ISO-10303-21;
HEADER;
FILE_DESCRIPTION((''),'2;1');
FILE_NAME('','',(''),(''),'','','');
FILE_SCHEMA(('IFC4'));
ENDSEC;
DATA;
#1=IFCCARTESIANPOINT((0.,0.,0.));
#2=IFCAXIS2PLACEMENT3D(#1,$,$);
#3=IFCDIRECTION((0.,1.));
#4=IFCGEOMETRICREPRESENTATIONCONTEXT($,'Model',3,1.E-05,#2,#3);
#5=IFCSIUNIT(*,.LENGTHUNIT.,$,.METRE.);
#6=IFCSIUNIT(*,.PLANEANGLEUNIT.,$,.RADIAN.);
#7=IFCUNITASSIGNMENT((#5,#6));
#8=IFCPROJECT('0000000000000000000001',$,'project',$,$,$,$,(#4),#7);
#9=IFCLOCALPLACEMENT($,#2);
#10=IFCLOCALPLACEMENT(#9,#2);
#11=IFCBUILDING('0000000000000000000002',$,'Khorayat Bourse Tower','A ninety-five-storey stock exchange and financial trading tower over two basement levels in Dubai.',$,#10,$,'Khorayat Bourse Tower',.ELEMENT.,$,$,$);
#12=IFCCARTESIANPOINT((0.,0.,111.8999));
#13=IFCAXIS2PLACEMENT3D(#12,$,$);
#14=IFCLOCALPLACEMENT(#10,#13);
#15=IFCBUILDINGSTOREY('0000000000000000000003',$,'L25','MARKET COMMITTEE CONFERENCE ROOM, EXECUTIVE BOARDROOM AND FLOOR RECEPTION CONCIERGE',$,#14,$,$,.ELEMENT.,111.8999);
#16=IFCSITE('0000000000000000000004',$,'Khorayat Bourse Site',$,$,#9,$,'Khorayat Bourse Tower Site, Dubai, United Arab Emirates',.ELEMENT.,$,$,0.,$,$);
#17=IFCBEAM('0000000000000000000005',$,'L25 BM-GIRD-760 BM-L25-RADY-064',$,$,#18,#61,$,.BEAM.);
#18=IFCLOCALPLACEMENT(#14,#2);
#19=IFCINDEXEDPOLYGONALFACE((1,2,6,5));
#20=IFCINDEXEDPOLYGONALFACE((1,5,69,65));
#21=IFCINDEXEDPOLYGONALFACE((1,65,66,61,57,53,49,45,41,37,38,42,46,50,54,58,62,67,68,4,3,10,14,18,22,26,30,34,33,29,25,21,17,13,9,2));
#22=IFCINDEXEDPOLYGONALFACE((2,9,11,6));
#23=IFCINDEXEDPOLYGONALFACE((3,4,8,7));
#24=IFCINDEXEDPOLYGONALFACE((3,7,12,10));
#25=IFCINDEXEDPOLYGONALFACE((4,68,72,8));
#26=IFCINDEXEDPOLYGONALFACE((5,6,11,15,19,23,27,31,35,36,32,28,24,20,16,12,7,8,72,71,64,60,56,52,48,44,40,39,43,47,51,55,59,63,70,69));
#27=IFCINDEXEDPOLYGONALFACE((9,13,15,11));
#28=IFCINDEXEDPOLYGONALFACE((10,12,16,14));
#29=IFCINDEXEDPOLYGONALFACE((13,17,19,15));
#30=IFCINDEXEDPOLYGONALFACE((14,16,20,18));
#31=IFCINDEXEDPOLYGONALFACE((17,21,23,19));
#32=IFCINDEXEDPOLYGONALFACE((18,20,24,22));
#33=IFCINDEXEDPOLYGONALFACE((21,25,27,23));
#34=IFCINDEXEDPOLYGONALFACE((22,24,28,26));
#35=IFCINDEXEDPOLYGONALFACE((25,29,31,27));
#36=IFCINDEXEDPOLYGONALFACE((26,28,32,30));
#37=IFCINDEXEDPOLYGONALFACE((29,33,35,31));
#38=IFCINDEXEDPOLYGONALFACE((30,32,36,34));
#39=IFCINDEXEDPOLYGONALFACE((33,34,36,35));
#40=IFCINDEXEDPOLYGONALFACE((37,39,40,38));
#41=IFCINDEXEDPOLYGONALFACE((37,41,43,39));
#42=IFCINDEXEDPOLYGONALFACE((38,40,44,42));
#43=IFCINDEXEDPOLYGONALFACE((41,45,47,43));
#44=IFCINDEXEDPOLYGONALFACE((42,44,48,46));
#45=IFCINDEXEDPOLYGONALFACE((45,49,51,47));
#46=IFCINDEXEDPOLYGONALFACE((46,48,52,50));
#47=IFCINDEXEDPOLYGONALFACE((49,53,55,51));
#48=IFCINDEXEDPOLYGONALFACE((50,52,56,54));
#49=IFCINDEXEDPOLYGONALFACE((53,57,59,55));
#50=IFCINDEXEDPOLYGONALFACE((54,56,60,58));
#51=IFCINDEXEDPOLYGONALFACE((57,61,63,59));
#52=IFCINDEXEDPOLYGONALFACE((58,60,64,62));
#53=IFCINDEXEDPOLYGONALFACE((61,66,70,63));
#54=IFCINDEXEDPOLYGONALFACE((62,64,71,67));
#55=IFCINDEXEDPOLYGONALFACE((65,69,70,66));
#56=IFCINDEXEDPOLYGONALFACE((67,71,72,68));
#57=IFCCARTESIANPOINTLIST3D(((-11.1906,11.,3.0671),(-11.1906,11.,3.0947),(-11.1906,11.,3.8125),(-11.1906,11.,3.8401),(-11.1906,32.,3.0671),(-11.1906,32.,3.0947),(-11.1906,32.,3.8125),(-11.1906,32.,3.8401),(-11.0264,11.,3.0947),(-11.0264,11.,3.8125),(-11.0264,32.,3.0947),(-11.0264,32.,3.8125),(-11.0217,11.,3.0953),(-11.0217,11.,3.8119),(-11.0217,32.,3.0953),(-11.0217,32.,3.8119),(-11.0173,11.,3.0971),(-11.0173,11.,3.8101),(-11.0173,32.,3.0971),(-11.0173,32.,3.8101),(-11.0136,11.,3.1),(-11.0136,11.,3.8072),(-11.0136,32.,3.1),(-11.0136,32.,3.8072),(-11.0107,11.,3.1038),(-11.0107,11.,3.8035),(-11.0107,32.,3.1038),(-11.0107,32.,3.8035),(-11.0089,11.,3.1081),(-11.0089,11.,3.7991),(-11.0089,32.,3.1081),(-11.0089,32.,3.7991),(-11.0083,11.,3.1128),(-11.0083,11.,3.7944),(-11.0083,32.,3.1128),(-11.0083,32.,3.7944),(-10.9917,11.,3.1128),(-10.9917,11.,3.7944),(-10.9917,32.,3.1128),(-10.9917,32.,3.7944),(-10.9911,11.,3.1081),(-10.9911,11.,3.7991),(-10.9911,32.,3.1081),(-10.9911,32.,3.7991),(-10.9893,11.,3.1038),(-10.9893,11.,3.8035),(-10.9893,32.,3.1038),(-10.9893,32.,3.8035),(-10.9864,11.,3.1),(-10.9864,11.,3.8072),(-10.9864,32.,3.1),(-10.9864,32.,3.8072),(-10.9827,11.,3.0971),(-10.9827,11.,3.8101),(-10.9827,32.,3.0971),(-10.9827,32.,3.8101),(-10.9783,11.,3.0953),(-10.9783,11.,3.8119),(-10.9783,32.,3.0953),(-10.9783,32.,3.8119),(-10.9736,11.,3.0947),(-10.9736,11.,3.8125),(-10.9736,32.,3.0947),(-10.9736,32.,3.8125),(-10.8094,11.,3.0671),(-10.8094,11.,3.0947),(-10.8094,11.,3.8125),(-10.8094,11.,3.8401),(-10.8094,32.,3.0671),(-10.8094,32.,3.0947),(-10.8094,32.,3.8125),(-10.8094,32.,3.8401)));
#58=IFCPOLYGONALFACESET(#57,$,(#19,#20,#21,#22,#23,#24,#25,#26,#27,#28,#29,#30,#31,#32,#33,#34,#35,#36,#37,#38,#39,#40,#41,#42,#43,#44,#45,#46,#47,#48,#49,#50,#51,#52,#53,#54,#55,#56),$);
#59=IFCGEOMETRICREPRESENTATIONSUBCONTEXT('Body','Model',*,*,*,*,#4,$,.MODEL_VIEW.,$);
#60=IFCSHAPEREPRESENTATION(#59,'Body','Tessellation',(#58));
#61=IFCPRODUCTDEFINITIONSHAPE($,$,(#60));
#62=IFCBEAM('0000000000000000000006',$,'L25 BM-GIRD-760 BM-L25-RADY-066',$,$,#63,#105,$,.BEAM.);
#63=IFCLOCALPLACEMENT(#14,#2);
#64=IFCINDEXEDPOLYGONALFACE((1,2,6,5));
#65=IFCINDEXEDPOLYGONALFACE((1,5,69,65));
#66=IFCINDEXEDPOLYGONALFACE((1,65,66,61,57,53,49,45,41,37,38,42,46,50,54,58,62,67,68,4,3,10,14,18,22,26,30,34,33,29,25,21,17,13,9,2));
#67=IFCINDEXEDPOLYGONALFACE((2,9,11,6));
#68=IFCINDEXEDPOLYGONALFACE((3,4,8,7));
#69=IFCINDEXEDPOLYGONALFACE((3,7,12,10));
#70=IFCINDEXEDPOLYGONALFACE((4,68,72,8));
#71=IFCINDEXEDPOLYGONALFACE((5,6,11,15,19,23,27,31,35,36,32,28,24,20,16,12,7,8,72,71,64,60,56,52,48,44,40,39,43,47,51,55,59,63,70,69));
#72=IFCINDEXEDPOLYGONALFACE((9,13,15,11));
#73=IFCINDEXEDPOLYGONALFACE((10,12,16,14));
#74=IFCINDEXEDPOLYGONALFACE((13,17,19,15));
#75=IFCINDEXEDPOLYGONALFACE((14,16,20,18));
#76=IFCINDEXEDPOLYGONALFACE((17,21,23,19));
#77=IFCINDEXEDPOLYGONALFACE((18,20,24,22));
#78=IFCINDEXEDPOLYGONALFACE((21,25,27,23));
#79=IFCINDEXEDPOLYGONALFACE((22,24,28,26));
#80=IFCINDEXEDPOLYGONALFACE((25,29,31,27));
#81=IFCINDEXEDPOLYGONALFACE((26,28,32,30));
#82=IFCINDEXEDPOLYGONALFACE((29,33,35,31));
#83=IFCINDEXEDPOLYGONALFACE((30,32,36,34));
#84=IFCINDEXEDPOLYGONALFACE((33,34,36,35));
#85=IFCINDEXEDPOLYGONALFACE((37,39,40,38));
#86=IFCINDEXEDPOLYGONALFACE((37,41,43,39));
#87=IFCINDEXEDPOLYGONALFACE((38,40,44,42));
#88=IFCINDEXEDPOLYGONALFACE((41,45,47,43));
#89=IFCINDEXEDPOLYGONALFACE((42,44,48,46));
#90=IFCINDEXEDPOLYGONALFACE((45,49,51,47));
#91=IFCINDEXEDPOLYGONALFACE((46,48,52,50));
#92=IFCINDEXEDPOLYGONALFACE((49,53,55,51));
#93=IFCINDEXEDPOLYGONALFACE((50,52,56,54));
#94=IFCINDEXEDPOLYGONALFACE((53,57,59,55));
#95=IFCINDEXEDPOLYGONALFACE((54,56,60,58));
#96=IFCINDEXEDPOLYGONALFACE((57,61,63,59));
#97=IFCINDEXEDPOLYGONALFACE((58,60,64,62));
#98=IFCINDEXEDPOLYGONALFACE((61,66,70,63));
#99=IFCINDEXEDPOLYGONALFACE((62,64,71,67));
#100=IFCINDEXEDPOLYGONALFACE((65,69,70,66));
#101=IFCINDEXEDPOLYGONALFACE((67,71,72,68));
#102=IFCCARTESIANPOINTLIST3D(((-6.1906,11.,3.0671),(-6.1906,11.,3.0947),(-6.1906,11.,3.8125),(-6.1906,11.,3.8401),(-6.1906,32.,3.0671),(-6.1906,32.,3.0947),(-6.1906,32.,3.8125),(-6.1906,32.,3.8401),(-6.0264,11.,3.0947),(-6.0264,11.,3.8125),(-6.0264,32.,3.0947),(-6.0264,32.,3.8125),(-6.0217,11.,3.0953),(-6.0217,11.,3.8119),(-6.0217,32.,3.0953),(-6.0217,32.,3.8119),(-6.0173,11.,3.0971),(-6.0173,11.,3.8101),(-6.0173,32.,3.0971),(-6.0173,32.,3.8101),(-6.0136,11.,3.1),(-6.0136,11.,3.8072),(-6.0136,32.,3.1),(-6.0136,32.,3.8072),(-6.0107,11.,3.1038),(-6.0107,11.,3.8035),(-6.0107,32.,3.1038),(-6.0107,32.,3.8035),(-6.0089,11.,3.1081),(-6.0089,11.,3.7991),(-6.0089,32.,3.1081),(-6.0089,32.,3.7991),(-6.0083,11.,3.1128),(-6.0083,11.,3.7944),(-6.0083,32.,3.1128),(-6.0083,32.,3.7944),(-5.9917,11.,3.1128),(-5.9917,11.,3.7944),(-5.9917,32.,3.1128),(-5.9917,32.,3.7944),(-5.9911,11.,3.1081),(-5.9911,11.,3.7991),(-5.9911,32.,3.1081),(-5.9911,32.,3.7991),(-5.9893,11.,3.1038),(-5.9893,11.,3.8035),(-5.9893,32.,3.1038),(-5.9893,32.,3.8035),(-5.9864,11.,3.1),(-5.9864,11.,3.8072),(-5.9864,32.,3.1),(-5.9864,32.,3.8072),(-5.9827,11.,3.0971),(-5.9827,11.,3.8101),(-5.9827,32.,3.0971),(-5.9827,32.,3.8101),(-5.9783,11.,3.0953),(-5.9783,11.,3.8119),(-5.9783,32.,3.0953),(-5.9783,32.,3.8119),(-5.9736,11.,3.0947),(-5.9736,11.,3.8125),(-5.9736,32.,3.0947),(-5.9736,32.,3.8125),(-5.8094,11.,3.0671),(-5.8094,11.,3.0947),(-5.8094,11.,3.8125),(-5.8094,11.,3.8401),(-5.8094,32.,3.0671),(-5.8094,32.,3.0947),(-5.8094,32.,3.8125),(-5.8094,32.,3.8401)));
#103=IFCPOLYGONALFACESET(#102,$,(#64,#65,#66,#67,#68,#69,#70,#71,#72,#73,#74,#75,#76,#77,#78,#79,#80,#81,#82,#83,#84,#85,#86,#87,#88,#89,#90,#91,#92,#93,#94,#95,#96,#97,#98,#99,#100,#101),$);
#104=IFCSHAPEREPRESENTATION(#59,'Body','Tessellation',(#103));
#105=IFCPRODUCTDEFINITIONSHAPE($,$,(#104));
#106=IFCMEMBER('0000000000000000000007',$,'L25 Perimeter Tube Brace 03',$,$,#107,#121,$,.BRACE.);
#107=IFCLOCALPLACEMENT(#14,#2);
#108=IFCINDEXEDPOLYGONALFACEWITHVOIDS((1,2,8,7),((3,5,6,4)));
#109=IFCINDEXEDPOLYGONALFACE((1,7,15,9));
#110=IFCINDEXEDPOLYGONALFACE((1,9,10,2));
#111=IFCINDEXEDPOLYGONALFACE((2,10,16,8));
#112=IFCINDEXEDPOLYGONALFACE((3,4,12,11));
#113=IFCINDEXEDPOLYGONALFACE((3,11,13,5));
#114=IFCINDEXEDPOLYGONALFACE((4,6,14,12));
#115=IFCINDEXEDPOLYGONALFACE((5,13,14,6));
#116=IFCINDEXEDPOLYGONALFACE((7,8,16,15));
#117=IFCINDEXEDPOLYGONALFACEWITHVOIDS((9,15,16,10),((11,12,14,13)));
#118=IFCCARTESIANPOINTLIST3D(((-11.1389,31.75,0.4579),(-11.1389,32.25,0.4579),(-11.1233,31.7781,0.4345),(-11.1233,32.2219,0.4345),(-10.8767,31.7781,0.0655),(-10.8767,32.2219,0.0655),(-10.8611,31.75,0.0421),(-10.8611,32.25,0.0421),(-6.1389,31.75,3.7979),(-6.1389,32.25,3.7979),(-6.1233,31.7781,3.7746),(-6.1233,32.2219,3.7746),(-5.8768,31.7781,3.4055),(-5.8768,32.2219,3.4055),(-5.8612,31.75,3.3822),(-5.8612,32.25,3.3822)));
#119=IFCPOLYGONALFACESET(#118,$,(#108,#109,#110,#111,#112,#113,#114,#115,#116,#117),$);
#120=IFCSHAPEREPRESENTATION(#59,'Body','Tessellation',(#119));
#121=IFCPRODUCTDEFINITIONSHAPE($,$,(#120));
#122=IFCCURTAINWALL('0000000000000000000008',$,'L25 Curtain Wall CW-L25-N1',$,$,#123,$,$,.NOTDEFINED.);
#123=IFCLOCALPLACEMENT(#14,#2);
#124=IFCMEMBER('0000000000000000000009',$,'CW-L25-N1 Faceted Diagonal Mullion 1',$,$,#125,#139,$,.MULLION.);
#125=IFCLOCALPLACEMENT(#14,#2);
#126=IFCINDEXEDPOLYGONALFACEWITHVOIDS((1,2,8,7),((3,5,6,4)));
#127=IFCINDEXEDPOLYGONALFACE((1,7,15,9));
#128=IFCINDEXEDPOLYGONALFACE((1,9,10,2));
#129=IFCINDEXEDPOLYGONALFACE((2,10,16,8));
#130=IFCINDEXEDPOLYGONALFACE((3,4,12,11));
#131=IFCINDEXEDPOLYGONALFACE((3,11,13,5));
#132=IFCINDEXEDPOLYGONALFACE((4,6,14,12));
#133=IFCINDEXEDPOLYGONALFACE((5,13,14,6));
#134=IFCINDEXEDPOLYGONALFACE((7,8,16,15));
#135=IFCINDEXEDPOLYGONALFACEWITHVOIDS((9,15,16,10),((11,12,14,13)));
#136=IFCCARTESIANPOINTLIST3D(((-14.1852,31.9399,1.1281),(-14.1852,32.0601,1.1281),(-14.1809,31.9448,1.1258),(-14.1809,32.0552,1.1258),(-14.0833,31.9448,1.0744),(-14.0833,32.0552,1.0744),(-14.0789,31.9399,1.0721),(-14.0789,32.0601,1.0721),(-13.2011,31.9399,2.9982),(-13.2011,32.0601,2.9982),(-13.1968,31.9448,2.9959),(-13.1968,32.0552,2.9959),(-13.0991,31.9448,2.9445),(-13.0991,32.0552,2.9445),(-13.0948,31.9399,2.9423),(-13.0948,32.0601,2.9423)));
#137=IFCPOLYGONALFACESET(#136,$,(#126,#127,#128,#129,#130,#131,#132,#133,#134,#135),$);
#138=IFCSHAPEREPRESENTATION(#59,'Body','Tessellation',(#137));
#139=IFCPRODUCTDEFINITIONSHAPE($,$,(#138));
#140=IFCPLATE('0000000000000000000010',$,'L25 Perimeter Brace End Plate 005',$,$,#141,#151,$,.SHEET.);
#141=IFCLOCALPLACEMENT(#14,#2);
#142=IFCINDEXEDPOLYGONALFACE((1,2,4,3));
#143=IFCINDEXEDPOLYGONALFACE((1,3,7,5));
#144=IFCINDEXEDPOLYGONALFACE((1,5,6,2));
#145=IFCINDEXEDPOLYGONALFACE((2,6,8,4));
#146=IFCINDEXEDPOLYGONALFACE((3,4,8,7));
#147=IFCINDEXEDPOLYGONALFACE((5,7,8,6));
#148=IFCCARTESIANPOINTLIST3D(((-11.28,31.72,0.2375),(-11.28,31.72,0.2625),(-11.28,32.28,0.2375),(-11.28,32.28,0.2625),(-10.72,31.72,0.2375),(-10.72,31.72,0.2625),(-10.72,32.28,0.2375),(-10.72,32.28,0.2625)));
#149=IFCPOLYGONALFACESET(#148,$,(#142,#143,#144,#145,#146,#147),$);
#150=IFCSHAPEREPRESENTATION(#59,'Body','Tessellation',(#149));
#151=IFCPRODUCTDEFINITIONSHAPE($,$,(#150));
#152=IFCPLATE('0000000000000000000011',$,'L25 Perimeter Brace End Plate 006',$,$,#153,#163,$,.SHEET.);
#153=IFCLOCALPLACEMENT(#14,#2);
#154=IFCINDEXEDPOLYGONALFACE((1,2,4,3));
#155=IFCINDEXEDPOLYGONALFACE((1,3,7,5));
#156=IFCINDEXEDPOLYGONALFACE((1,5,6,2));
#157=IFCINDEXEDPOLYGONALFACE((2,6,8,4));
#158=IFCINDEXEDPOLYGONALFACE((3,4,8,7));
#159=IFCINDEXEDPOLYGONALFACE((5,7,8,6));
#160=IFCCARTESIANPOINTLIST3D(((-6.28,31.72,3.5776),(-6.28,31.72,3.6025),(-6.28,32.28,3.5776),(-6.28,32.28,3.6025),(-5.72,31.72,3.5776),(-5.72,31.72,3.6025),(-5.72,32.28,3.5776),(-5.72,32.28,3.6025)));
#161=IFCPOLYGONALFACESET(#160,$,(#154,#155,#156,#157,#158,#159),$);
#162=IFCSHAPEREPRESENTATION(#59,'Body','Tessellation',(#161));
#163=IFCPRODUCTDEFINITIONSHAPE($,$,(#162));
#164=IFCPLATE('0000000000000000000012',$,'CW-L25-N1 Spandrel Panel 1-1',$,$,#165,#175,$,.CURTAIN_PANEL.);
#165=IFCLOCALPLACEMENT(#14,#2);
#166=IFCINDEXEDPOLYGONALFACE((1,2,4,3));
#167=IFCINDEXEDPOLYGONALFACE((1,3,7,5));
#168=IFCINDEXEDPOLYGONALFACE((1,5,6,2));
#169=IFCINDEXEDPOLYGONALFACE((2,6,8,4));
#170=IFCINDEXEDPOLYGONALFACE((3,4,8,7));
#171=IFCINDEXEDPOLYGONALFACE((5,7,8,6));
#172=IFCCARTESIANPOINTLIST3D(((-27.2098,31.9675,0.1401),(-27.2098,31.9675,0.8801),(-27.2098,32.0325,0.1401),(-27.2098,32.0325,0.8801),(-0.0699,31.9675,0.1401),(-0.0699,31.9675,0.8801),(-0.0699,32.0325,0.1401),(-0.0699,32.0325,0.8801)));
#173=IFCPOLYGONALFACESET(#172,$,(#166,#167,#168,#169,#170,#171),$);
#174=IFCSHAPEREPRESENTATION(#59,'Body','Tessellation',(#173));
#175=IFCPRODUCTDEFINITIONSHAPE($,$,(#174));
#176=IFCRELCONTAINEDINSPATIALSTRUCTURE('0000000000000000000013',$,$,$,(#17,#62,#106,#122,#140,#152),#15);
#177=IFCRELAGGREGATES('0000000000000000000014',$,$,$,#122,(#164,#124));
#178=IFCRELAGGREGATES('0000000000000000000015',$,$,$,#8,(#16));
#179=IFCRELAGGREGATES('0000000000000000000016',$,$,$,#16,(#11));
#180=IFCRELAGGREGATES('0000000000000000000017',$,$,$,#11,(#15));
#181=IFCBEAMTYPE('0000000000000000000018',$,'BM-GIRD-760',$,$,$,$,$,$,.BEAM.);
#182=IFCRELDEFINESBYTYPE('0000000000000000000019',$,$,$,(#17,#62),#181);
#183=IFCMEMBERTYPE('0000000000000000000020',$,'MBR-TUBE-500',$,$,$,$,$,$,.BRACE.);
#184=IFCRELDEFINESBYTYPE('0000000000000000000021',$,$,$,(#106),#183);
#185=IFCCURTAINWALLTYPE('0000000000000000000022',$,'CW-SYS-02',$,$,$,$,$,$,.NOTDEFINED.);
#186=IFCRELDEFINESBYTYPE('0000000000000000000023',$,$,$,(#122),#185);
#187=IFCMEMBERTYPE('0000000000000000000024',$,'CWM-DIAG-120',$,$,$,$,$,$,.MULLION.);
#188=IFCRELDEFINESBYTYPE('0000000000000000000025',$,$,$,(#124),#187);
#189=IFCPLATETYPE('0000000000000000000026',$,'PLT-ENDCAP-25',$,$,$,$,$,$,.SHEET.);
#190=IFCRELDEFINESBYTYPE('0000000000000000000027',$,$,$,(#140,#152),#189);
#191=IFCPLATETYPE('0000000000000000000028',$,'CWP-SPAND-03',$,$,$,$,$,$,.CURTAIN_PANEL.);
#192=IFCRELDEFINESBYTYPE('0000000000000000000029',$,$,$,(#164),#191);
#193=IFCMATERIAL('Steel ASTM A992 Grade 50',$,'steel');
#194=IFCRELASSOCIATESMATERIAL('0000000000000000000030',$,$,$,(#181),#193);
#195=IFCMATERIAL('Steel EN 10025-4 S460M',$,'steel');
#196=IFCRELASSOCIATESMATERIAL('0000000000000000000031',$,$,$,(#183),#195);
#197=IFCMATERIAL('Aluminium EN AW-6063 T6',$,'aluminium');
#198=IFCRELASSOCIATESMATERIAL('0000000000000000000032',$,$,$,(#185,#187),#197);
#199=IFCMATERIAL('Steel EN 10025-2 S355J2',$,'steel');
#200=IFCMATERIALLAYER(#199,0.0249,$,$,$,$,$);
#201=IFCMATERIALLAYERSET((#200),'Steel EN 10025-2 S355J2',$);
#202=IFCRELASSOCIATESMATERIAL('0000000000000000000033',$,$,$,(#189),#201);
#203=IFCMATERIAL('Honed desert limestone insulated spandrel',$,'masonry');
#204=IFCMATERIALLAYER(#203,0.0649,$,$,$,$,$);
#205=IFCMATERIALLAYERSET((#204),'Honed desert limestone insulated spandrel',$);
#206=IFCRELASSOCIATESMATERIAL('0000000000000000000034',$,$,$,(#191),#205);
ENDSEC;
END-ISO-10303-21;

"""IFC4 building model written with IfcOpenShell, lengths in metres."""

from ifc_helpers import new_model, si_unit, direction, frame, origin, origin_2d, place, context, subcontext, project, spatial, rectangle, hollow_rectangle, i_section, extrude, source, transform, mapped, material, layer, layer_set, material_profile, profile_set, type_object, element, aggregate, save


model = new_model("IFC4")

# Units and contexts
model_context = context("Model", 3, precision=1e-05, world=origin(), true_north=direction((0.0, 1.0)))
body_context = subcontext(model_context, "Body", "Model", "MODEL_VIEW")
ifc_project = project(units=[si_unit("LENGTHUNIT", "METRE"), si_unit("PLANEANGLEUNIT", "RADIAN")], contexts=[model_context])

# Site, building, storey
site_placement = place(None, origin())
site = spatial("IfcSite", under=ifc_project, at=site_placement, Name="Khorayat Bourse Site", LongName="Khorayat Bourse Tower Site, Dubai, United Arab Emirates", CompositionType="ELEMENT", RefElevation=0.0)
building_placement = place(site_placement, origin())
building = spatial("IfcBuilding", under=site, at=building_placement, Name="Khorayat Bourse Tower", Description="A ninety-five-storey stock exchange and financial trading tower over two basement levels in Dubai.", LongName="Khorayat Bourse Tower", CompositionType="ELEMENT")
storey_placement = place(building_placement, frame((0.0, 0.0, 111.8999)))
storey = spatial("IfcBuildingStorey", under=building, at=storey_placement, Name="L25", Description="MARKET COMMITTEE CONFERENCE ROOM, EXECUTIVE BOARDROOM AND FLOOR RECEPTION CONCIERGE", CompositionType="ELEMENT", Elevation=111.8999)

# Shared definitions
ifc_material_1 = material(Name="Steel EN 10025-4 S460M", Category="steel")

# Beams
ifc_material_2 = material(Name="Steel ASTM A992 Grade 50", Category="steel")
ifc_material_profile_1 = material_profile(ifc_material_2, i_section(OverallWidth=0.3811, OverallDepth=0.7729, WebThickness=0.0166, FlangeThickness=0.0276, FilletRadius=0.0181, at=origin_2d()), Name="W760X257")
ifc_profile_set_1 = profile_set([ifc_material_profile_1], Name="Steel ASTM A992 Grade 50")
beam_type_1 = type_object("IfcBeamType", Name="BM-GIRD-760", PredefinedType="BEAM", material=ifc_profile_set_1)
shared_shape_1 = source(origin(), body_context, "Body", "SweptSolid", [
    extrude(i_section(OverallWidth=0.3811, OverallDepth=0.7729, WebThickness=0.0166, FlangeThickness=0.0276, FilletRadius=0.0181, at=origin_2d()), origin(), (0.0, 0.0, 1.0), 21.0),
])
for number, where, z_axis, x_axis, name in (
    (1, (-11.0, 11.0, 3.4536), (0.0, 1.0, 0.0), (-1.0, 0.0, 0.0), "L25 BM-GIRD-760 BM-L25-RADY-064"),
    (2, (-6.0, 11.0, 3.4536), (0.0, 1.0, 0.0), (-1.0, 0.0, 0.0), "L25 BM-GIRD-760 BM-L25-RADY-066"),
):
    element("IfcBeam", number, at=place(storey_placement, frame(where, z_axis=z_axis, x_axis=x_axis)), inside=storey, type_object=beam_type_1, Name=name, PredefinedType="BEAM", context=body_context, shape_type="MappedRepresentation", body=[
        mapped(shared_shape_1, transform((0.0, 0.0, 0.0), scale=1.0)),
    ])

# Member
ifc_material_profile_2 = material_profile(ifc_material_1, hollow_rectangle(XDim=0.5, YDim=0.5, WallThickness=0.0281, at=origin_2d()), Name="HSS 500x500x28")
ifc_profile_set_2 = profile_set([ifc_material_profile_2], Name="Steel EN 10025-4 S460M")
member_type_1 = type_object("IfcMemberType", Name="MBR-TUBE-500", PredefinedType="BRACE", material=ifc_profile_set_2)
shared_shape_2 = source(origin(), body_context, "Body", "SweptSolid", [
    extrude(hollow_rectangle(XDim=0.5, YDim=0.5, WallThickness=0.0281, at=origin_2d()), origin(), (0.0, 0.0, 1.0), 6.0129),
])
member_1_placement = place(storey_placement, frame((-11.0, 32.0, 0.25), z_axis=(0.831531, 0.0, 0.555478), x_axis=(0.0, 1.0, 0.0)))
element("IfcMember", 3, at=member_1_placement, inside=storey, type_object=member_type_1, Name="L25 Perimeter Tube Brace 03", PredefinedType="BRACE", context=body_context, shape_type="MappedRepresentation", body=[
    mapped(shared_shape_2, transform((0.0, 0.0, 0.0), scale=1.0)),
])

# Curtain wall, member
ifc_material_3 = material(Name="Aluminium EN AW-6063 T6", Category="aluminium")
curtain_wall_type = type_object("IfcCurtainWallType", Name="CW-SYS-02", PredefinedType="NOTDEFINED", material=ifc_material_3)
curtain_wall_placement = place(storey_placement, origin())
curtain_wall = element("IfcCurtainWall", 4, at=curtain_wall_placement, inside=storey, type_object=curtain_wall_type, Name="L25 Curtain Wall CW-L25-N1", PredefinedType="NOTDEFINED")
ifc_material_profile_3 = material_profile(ifc_material_3, hollow_rectangle(XDim=0.1201, YDim=0.1201, WallThickness=0.0049, at=origin_2d()), Name="ALU 120x120x5")
ifc_profile_set_3 = profile_set([ifc_material_profile_3], Name="Aluminium EN AW-6063 T6")
member_type_2 = type_object("IfcMemberType", Name="CWM-DIAG-120", PredefinedType="MULLION", material=ifc_profile_set_3)
shared_shape_3 = source(origin(), body_context, "Body", "SweptSolid", [
    extrude(hollow_rectangle(XDim=0.1201, YDim=0.1201, WallThickness=0.0049, at=origin_2d()), origin(), (0.0, 0.0, 1.0), 2.1133),
])
member_2_placement = place(storey_placement, frame((-14.1321, 32.0, 1.1001), z_axis=(0.465694, 0.0, 0.884946), x_axis=(0.0, 1.0, 0.0)))
member_2 = element("IfcMember", 5, at=member_2_placement, type_object=member_type_2, Name="CW-L25-N1 Faceted Diagonal Mullion 1", PredefinedType="MULLION", context=body_context, shape_type="MappedRepresentation", body=[
    mapped(shared_shape_3, transform((0.0, 0.0, 0.0), scale=1.0)),
])

# Plates
ifc_material_4 = material(Name="Steel EN 10025-2 S355J2", Category="steel")
ifc_layer_1 = layer(ifc_material_4, 0.0249)
ifc_layer_set_1 = layer_set([ifc_layer_1], Name="Steel EN 10025-2 S355J2")
plate_type_1 = type_object("IfcPlateType", Name="PLT-ENDCAP-25", PredefinedType="SHEET", material=ifc_layer_set_1)
shared_shape_4 = source(origin(), body_context, "Body", "SweptSolid", [
    extrude(rectangle(XDim=0.5601, YDim=0.5601, at=origin_2d()), origin(), (0.0, 0.0, 1.0), 0.0249),
])
for number, where, z_axis, x_axis, name in (
    (6, (-11.0, 32.0, 0.2375), (0.0, 0.0, 1.0), (1.0, 0.0, 0.0), "L25 Perimeter Brace End Plate 005"),
    (7, (-6.0, 32.0, 3.5776), (0.0, 0.0, 1.0), (1.0, 0.0, 0.0), "L25 Perimeter Brace End Plate 006"),
):
    element("IfcPlate", number, at=place(storey_placement, frame(where, z_axis=z_axis, x_axis=x_axis)), inside=storey, type_object=plate_type_1, Name=name, PredefinedType="SHEET", context=body_context, shape_type="MappedRepresentation", body=[
        mapped(shared_shape_4, transform((0.0, 0.0, 0.0), scale=1.0)),
    ])

# Plate
ifc_material_5 = material(Name="Honed desert limestone insulated spandrel", Category="masonry")
ifc_layer_2 = layer(ifc_material_5, 0.0649)
ifc_layer_set_2 = layer_set([ifc_layer_2], Name="Honed desert limestone insulated spandrel")
plate_type_2 = type_object("IfcPlateType", Name="CWP-SPAND-03", PredefinedType="CURTAIN_PANEL", material=ifc_layer_set_2)
shared_shape_5 = source(origin(), body_context, "Body", "SweptSolid", [
    extrude(rectangle(XDim=27.1399, YDim=0.0649, at=origin_2d()), origin(), (0.0, 0.0, 1.0), 0.74),
])
plate_1_placement = place(storey_placement, frame((-13.6399, 32.0, 0.1401), z_axis=(0.0, 0.0, 1.0), x_axis=(1.0, 0.0, 0.0)))
plate_1 = element("IfcPlate", 8, at=plate_1_placement, type_object=plate_type_2, Name="CW-L25-N1 Spandrel Panel 1-1", PredefinedType="CURTAIN_PANEL", context=body_context, shape_type="MappedRepresentation", body=[
    mapped(shared_shape_5, transform((0.0, 0.0, 0.0), scale=1.0)),
])
aggregate(curtain_wall, [plate_1, member_2])

save(model, "model.ifc")
